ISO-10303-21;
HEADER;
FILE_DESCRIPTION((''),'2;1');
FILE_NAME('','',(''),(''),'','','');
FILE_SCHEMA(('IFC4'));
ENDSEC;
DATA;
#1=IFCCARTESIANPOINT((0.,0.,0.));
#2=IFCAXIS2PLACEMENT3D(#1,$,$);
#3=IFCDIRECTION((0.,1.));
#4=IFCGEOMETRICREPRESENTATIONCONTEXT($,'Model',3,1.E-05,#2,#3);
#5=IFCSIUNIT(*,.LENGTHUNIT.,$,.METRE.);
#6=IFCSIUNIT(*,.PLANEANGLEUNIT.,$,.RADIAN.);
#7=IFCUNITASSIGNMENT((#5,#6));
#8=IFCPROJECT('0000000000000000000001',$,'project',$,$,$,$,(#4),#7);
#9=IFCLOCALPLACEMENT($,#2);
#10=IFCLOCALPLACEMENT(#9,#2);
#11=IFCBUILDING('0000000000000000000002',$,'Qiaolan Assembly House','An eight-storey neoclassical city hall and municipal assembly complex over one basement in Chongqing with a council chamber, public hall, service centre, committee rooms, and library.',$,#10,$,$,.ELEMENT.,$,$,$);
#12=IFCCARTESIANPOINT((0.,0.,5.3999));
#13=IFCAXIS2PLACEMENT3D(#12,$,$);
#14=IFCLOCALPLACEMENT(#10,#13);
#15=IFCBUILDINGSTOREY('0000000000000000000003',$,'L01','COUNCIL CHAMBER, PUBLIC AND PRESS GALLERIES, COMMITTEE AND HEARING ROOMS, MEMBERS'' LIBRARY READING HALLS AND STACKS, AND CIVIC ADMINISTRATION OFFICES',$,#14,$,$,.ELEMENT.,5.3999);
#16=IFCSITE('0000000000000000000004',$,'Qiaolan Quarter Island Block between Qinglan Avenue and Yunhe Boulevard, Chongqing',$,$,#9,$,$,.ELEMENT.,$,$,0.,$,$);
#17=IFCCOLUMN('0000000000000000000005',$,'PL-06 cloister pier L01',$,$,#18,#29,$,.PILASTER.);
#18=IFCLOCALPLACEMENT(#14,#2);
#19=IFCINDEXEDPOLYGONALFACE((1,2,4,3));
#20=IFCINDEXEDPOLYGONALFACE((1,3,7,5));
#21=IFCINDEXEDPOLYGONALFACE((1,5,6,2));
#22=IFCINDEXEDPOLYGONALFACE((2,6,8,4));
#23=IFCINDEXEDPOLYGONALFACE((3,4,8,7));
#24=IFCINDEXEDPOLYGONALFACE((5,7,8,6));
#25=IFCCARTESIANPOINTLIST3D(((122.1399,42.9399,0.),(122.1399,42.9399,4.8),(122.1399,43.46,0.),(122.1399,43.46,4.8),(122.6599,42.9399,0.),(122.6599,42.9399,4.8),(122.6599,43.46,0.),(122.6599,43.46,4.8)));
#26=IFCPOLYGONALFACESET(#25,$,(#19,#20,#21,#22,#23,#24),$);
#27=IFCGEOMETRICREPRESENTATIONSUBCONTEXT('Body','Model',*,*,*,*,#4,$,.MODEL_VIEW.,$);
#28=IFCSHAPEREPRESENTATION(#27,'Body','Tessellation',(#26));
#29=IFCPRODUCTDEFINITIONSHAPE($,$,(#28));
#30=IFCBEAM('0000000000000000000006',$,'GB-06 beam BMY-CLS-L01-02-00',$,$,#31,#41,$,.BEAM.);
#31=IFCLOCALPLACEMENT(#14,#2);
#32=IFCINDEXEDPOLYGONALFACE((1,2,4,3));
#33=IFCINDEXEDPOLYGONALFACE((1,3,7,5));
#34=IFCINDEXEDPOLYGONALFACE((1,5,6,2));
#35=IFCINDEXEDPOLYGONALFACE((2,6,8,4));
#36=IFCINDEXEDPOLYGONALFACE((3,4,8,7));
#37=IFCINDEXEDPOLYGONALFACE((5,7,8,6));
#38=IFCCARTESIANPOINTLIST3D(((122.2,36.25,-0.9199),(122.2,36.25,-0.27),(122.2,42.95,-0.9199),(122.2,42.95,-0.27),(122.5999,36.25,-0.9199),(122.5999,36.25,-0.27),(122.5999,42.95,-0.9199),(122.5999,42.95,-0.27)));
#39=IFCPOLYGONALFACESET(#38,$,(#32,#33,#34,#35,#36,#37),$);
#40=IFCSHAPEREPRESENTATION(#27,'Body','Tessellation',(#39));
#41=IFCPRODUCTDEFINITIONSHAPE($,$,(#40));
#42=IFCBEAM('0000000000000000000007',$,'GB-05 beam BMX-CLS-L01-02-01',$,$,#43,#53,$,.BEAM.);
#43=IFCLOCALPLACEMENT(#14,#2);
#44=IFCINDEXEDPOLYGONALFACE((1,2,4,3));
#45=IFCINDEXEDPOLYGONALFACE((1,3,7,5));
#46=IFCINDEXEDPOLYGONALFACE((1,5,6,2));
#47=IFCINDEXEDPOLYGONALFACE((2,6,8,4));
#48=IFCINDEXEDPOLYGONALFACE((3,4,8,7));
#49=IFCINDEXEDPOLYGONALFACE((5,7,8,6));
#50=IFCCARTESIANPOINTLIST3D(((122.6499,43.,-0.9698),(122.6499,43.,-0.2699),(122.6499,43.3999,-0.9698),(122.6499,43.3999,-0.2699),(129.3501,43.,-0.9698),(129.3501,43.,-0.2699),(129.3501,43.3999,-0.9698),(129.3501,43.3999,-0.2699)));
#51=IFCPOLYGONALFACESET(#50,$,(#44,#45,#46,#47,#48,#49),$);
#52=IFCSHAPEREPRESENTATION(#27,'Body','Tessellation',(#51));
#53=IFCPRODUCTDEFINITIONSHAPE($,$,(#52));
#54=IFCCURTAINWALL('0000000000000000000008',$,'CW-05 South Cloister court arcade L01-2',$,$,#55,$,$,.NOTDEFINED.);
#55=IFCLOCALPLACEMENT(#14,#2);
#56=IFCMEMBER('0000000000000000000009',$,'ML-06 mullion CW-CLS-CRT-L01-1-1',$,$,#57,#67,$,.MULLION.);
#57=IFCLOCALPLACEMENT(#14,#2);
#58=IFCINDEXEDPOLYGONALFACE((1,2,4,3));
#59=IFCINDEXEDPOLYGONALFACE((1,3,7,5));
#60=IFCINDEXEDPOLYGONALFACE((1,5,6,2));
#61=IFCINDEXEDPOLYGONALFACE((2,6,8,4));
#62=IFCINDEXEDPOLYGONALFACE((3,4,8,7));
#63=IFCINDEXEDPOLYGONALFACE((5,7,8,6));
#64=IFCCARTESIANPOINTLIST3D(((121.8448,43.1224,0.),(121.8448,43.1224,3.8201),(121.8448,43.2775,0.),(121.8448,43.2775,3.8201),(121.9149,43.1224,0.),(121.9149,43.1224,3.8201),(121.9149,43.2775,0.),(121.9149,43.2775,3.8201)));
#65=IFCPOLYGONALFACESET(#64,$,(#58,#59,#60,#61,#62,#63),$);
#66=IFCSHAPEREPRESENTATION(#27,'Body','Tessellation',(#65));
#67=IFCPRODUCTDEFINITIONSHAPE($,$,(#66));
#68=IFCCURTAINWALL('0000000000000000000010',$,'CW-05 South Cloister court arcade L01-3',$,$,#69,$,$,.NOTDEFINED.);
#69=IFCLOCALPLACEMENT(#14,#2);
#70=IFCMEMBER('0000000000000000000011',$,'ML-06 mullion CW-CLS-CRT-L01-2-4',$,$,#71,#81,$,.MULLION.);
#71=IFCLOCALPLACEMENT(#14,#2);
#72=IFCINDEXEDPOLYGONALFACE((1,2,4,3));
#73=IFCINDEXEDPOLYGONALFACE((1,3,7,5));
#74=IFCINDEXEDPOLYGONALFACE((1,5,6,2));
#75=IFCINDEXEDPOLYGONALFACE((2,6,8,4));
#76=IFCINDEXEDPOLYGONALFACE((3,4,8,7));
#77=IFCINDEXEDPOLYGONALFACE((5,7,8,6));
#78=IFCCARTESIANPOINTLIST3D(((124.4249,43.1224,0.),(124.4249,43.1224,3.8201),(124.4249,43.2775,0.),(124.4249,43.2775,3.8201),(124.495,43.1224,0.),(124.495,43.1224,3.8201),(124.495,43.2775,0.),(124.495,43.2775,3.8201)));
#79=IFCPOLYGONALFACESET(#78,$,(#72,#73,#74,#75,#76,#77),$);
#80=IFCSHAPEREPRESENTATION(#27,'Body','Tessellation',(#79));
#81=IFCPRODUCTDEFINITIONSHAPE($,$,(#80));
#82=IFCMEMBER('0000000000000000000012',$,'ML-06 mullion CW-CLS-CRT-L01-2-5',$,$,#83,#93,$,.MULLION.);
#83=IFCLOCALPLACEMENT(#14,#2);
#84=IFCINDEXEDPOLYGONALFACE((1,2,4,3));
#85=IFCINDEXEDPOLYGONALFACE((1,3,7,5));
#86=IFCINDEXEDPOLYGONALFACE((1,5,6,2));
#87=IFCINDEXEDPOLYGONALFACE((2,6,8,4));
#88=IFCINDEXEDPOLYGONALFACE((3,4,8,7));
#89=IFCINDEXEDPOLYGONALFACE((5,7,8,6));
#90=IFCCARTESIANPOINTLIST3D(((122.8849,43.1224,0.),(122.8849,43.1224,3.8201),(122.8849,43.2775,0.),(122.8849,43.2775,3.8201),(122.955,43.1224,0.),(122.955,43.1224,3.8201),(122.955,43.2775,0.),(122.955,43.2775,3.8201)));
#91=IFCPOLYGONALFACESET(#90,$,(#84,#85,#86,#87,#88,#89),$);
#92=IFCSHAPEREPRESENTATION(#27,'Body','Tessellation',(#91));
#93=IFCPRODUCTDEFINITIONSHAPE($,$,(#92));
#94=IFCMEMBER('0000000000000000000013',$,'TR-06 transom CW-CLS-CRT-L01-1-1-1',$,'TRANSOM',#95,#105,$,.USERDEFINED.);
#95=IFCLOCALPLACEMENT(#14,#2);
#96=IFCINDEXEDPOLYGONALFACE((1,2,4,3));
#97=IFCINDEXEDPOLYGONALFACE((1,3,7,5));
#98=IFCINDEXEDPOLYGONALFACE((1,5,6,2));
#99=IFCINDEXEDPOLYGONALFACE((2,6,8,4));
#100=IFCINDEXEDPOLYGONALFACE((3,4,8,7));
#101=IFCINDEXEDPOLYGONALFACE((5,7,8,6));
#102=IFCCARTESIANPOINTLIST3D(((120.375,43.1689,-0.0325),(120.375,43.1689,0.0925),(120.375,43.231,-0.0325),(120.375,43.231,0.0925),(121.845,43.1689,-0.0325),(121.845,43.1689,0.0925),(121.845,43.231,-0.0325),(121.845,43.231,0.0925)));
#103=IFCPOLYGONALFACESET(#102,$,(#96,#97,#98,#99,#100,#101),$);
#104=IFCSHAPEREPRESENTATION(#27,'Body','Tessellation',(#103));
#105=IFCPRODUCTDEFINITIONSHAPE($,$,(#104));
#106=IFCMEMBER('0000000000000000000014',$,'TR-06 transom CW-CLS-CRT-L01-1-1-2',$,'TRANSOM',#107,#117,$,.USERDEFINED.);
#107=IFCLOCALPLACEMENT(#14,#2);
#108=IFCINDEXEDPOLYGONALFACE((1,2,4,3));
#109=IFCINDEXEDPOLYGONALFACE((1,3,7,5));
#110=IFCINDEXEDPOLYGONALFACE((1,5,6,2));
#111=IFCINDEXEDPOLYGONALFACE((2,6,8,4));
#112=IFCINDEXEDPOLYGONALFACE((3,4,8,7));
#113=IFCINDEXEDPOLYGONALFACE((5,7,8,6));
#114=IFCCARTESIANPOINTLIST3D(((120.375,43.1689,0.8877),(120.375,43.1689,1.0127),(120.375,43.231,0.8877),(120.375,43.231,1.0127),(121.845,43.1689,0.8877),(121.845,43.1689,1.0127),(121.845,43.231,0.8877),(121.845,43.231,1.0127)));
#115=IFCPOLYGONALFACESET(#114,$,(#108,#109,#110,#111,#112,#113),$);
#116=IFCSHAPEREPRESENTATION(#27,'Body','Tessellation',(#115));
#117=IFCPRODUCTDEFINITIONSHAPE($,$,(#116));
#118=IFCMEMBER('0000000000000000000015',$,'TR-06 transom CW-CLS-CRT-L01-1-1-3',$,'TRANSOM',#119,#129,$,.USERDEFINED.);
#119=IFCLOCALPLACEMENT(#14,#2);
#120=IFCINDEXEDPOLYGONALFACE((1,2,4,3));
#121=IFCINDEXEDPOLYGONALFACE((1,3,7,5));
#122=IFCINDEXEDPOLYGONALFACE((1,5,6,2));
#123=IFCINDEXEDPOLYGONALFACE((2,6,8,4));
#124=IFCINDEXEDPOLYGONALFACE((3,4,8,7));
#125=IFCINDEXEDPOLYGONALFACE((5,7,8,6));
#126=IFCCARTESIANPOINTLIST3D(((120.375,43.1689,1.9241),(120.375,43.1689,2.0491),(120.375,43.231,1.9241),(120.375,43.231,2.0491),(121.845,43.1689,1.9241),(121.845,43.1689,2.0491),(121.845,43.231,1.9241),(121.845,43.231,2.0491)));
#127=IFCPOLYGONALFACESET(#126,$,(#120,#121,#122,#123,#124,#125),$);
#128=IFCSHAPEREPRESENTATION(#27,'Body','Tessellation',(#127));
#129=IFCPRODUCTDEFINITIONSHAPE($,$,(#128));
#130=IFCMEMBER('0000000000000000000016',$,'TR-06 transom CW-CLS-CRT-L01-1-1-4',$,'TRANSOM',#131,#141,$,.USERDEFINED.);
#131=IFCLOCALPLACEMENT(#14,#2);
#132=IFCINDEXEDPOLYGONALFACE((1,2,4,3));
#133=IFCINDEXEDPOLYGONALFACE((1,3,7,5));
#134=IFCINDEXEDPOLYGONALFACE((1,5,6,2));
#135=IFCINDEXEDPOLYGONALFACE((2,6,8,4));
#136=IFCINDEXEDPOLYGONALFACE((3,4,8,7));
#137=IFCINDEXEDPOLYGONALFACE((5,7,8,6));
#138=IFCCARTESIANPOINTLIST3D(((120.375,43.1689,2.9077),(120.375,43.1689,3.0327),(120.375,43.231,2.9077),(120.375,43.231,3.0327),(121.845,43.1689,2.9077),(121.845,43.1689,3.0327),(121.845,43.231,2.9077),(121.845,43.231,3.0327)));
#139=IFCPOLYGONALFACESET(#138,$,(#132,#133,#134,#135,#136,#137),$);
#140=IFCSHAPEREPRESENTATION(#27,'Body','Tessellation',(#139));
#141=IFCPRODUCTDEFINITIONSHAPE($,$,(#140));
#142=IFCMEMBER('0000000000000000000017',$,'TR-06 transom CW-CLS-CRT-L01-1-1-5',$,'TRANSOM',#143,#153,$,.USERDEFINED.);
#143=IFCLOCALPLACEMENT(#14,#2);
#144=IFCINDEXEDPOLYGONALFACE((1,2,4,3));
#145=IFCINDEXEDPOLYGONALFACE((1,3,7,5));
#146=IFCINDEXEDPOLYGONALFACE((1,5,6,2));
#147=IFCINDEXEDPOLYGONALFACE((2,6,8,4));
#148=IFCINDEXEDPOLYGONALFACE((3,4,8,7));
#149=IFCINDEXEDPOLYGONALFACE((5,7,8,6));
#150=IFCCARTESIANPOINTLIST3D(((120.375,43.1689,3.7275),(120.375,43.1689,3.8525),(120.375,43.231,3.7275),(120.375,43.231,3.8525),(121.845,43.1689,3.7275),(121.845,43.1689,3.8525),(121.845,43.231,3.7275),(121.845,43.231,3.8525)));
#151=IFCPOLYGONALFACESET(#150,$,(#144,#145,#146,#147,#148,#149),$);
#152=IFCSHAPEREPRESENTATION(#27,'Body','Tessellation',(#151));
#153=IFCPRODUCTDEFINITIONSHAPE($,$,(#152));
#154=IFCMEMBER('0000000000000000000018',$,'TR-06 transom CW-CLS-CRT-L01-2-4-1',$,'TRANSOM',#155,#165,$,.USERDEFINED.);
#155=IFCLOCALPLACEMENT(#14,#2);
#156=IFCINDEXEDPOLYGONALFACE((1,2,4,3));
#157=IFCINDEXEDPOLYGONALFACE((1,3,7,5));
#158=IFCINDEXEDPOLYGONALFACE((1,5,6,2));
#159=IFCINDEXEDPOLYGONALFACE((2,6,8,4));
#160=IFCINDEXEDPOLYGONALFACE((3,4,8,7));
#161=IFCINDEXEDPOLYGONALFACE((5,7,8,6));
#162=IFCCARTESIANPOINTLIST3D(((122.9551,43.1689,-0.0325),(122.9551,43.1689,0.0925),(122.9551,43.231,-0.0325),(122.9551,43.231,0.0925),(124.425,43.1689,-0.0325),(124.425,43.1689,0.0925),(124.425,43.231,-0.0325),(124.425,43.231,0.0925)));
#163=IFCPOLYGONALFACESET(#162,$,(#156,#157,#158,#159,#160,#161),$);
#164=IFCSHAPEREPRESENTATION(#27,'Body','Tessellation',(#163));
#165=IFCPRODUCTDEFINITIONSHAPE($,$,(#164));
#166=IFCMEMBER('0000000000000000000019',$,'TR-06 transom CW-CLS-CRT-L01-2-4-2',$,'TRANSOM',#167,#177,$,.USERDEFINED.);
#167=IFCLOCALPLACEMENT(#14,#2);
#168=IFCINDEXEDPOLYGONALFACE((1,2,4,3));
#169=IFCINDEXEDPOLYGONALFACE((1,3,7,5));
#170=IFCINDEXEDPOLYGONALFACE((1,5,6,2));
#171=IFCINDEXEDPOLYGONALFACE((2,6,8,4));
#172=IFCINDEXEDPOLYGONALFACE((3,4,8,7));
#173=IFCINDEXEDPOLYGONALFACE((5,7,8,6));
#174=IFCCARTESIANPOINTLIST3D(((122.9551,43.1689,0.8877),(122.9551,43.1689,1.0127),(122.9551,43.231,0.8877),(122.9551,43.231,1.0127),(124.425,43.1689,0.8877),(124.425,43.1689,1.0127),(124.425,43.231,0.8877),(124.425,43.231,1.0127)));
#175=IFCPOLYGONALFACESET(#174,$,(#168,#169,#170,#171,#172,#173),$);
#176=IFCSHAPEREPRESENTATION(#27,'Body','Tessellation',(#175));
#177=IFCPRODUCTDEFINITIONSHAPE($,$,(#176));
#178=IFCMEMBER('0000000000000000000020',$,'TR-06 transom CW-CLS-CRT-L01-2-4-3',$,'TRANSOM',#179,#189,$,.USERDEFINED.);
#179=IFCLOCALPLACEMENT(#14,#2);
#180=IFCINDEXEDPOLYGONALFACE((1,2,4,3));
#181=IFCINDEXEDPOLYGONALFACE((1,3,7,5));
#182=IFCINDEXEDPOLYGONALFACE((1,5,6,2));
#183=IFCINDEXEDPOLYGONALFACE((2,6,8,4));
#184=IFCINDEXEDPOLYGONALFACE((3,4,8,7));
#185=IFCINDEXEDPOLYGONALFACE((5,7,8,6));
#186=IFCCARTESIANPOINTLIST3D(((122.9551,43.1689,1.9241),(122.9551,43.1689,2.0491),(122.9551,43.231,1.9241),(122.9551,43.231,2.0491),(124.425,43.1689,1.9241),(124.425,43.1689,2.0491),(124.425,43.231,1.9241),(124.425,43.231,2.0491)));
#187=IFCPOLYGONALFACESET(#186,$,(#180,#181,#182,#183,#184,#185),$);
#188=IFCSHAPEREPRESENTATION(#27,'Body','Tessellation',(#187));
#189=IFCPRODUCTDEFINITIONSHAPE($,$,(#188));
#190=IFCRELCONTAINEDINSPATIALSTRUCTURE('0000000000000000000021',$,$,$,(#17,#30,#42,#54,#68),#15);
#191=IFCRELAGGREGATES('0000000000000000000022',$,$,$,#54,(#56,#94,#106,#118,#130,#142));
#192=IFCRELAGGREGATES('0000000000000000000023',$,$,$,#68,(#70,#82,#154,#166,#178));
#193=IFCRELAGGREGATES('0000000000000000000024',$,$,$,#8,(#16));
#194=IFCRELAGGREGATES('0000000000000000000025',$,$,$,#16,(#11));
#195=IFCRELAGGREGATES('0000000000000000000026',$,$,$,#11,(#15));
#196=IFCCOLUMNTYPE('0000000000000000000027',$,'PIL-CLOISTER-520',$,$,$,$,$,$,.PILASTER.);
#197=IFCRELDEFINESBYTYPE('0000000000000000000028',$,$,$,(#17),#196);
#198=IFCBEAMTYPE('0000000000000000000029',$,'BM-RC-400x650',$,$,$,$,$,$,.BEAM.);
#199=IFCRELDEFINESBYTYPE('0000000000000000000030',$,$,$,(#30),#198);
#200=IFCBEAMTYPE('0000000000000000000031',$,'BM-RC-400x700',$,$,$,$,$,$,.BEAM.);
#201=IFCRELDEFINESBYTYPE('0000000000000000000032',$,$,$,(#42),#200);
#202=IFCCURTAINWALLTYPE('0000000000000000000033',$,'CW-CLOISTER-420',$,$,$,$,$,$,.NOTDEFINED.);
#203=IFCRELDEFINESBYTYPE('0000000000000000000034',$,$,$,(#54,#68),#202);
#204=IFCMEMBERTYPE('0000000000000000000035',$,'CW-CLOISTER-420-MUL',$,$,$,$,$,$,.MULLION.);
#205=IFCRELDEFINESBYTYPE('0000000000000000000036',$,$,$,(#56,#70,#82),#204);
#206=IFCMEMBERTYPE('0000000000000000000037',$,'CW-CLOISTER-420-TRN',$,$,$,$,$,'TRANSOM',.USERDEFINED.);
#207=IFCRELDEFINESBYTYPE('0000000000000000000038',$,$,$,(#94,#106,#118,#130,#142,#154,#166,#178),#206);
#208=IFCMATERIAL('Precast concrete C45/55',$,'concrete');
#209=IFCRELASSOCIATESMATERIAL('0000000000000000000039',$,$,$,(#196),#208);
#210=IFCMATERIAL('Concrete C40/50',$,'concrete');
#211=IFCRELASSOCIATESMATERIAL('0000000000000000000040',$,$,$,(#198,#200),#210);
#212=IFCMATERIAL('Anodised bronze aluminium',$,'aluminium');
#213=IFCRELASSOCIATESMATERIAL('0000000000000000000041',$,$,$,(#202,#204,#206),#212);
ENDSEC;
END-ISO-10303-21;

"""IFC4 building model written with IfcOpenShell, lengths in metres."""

from ifc_helpers import new_model, si_unit, direction, frame, origin, origin_2d, place, context, subcontext, project, spatial, rectangle, extrude, material, material_profile, profile_set, type_object, element, aggregate, save


model = new_model("IFC4")

# Units and contexts
model_context = context("Model", 3, precision=1e-05, world=origin(), true_north=direction((0.0, 1.0)))
body_context = subcontext(model_context, "Body", "Model", "MODEL_VIEW")
ifc_project = project(units=[si_unit("LENGTHUNIT", "METRE"), si_unit("PLANEANGLEUNIT", "RADIAN")], contexts=[model_context])

# Site, building, storey
site_placement = place(None, origin())
site = spatial("IfcSite", under=ifc_project, at=site_placement, Name="Qiaolan Quarter Island Block between Qinglan Avenue and Yunhe Boulevard, Chongqing", CompositionType="ELEMENT", RefElevation=0.0)
building_placement = place(site_placement, origin())
building = spatial("IfcBuilding", under=site, at=building_placement, Name="Qiaolan Assembly House", Description="An eight-storey neoclassical city hall and municipal assembly complex over one basement in Chongqing with a council chamber, public hall, service centre, committee rooms, and library.", CompositionType="ELEMENT")
storey_placement = place(building_placement, frame((0.0, 0.0, 5.3999)))
storey = spatial("IfcBuildingStorey", under=building, at=storey_placement, Name="L01", Description="COUNCIL CHAMBER, PUBLIC AND PRESS GALLERIES, COMMITTEE AND HEARING ROOMS, MEMBERS' LIBRARY READING HALLS AND STACKS, AND CIVIC ADMINISTRATION OFFICES", CompositionType="ELEMENT", Elevation=5.3999)

# Column
ifc_material_1 = material(Name="Precast concrete C45/55", Category="concrete")
ifc_material_profile_1 = material_profile(ifc_material_1, rectangle(XDim=0.52, YDim=0.52, at=origin_2d()), Name="PIL 520x520")
ifc_profile_set_1 = profile_set([ifc_material_profile_1], Name="Precast concrete C45/55")
column_type = type_object("IfcColumnType", Name="PIL-CLOISTER-520", PredefinedType="PILASTER", material=ifc_profile_set_1)
column_placement = place(storey_placement, frame((122.3999, 43.2, 0.0), z_axis=(0.0, 0.0, 1.0), x_axis=(1.0, 0.0, 0.0)))
element("IfcColumn", 1, at=column_placement, inside=storey, type_object=column_type, Name="PL-06 cloister pier L01", PredefinedType="PILASTER", context=body_context, shape_type="SweptSolid", body=[
    extrude(rectangle(XDim=0.52, YDim=0.52, at=origin_2d()), origin(), (0.0, 0.0, 1.0), 4.8),
])

# Beams
ifc_material_2 = material(Name="Concrete C40/50", Category="concrete")
ifc_material_profile_2 = material_profile(ifc_material_2, rectangle(XDim=0.3999, YDim=0.6499, at=origin_2d()), Name="RCB 400x650")
ifc_profile_set_2 = profile_set([ifc_material_profile_2], Name="Concrete C40/50")
beam_type_1 = type_object("IfcBeamType", Name="BM-RC-400x650", PredefinedType="BEAM", material=ifc_profile_set_2)
beam_1_placement = place(storey_placement, frame((122.3999, 36.25, -0.595), z_axis=(0.0, 1.0, 0.0), x_axis=(-1.0, 0.0, 0.0)))
element("IfcBeam", 2, at=beam_1_placement, inside=storey, type_object=beam_type_1, Name="GB-06 beam BMY-CLS-L01-02-00", PredefinedType="BEAM", context=body_context, shape_type="SweptSolid", body=[
    extrude(rectangle(XDim=0.3999, YDim=0.6499, at=origin_2d()), origin(), (0.0, 0.0, 1.0), 6.7),
])
ifc_material_profile_3 = material_profile(ifc_material_2, rectangle(XDim=0.3999, YDim=0.7, at=origin_2d()), Name="RCB 400x700")
ifc_profile_set_3 = profile_set([ifc_material_profile_3], Name="Concrete C40/50")
beam_type_2 = type_object("IfcBeamType", Name="BM-RC-400x700", PredefinedType="BEAM", material=ifc_profile_set_3)
beam_2_placement = place(storey_placement, frame((122.6499, 43.2, -0.6199), z_axis=(1.0, 0.0, 0.0), x_axis=(0.0, 1.0, 0.0)))
element("IfcBeam", 3, at=beam_2_placement, inside=storey, type_object=beam_type_2, Name="GB-05 beam BMX-CLS-L01-02-01", PredefinedType="BEAM", context=body_context, shape_type="SweptSolid", body=[
    extrude(rectangle(XDim=0.3999, YDim=0.7, at=origin_2d()), origin(), (0.0, 0.0, 1.0), 6.7002),
])

# Curtain wall, member
ifc_material_3 = material(Name="Anodised bronze aluminium", Category="aluminium")
curtain_wall_type = type_object("IfcCurtainWallType", Name="CW-CLOISTER-420", PredefinedType="NOTDEFINED", material=ifc_material_3)
curtain_wall_1_placement = place(storey_placement, origin())
curtain_wall_1 = element("IfcCurtainWall", 4, at=curtain_wall_1_placement, inside=storey, type_object=curtain_wall_type, Name="CW-05 South Cloister court arcade L01-2", PredefinedType="NOTDEFINED")
ifc_material_profile_4 = material_profile(ifc_material_3, rectangle(XDim=0.0701, YDim=0.155, at=origin_2d()), Name="MUL 70x155")
ifc_profile_set_4 = profile_set([ifc_material_profile_4], Name="Anodised bronze aluminium")
member_type_1 = type_object("IfcMemberType", Name="CW-CLOISTER-420-MUL", PredefinedType="MULLION", material=ifc_profile_set_4)
member_1_placement = place(storey_placement, frame((121.8799, 43.2, 0.0), z_axis=(0.0, 0.0, 1.0), x_axis=(-1.0, 0.0, 0.0)))
member_1 = element("IfcMember", 5, at=member_1_placement, type_object=member_type_1, Name="ML-06 mullion CW-CLS-CRT-L01-1-1", PredefinedType="MULLION", context=body_context, shape_type="SweptSolid", body=[
    extrude(rectangle(XDim=0.0701, YDim=0.155, at=origin_2d()), origin(), (0.0, 0.0, 1.0), 3.8201),
])

# Curtain wall, members
curtain_wall_2_placement = place(storey_placement, origin())
curtain_wall_2 = element("IfcCurtainWall", 6, at=curtain_wall_2_placement, inside=storey, type_object=curtain_wall_type, Name="CW-05 South Cloister court arcade L01-3", PredefinedType="NOTDEFINED")
member_2_placement = place(storey_placement, frame((124.46, 43.2, 0.0), z_axis=(0.0, 0.0, 1.0), x_axis=(-1.0, 0.0, 0.0)))
member_2 = element("IfcMember", 7, at=member_2_placement, type_object=member_type_1, Name="ML-06 mullion CW-CLS-CRT-L01-2-4", PredefinedType="MULLION", context=body_context, shape_type="SweptSolid", body=[
    extrude(rectangle(XDim=0.0701, YDim=0.155, at=origin_2d()), origin(), (0.0, 0.0, 1.0), 3.8201),
])
member_3_placement = place(storey_placement, frame((122.9199, 43.2, 0.0), z_axis=(0.0, 0.0, 1.0), x_axis=(-1.0, 0.0, 0.0)))
member_3 = element("IfcMember", 8, at=member_3_placement, type_object=member_type_1, Name="ML-06 mullion CW-CLS-CRT-L01-2-5", PredefinedType="MULLION", context=body_context, shape_type="SweptSolid", body=[
    extrude(rectangle(XDim=0.0701, YDim=0.155, at=origin_2d()), origin(), (0.0, 0.0, 1.0), 3.8201),
])

# Members
ifc_material_profile_5 = material_profile(ifc_material_3, rectangle(XDim=0.062, YDim=0.125, at=origin_2d()), Name="TRN 62x125")
ifc_profile_set_5 = profile_set([ifc_material_profile_5], Name="Anodised bronze aluminium")
member_type_2 = type_object("IfcMemberType", Name="CW-CLOISTER-420-TRN", ElementType="TRANSOM", PredefinedType="USERDEFINED", material=ifc_profile_set_5)
member_4_placement = place(storey_placement, frame((121.845, 43.2, 0.03), z_axis=(-1.0, 0.0, 0.0), x_axis=(0.0, -1.0, 0.0)))
member_4 = element("IfcMember", 9, at=member_4_placement, type_object=member_type_2, Name="TR-06 transom CW-CLS-CRT-L01-1-1-1", ObjectType="TRANSOM", PredefinedType="USERDEFINED", context=body_context, shape_type="SweptSolid", body=[
    extrude(rectangle(XDim=0.062, YDim=0.125, at=origin_2d()), origin(), (0.0, 0.0, 1.0), 1.47),
])
member_5_placement = place(storey_placement, frame((121.845, 43.2, 0.9502), z_axis=(-1.0, 0.0, 0.0), x_axis=(0.0, -1.0, 0.0)))
member_5 = element("IfcMember", 10, at=member_5_placement, type_object=member_type_2, Name="TR-06 transom CW-CLS-CRT-L01-1-1-2", ObjectType="TRANSOM", PredefinedType="USERDEFINED", context=body_context, shape_type="SweptSolid", body=[
    extrude(rectangle(XDim=0.062, YDim=0.125, at=origin_2d()), origin(), (0.0, 0.0, 1.0), 1.47),
])
member_6_placement = place(storey_placement, frame((121.845, 43.2, 1.9866), z_axis=(-1.0, 0.0, 0.0), x_axis=(0.0, -1.0, 0.0)))
member_6 = element("IfcMember", 11, at=member_6_placement, type_object=member_type_2, Name="TR-06 transom CW-CLS-CRT-L01-1-1-3", ObjectType="TRANSOM", PredefinedType="USERDEFINED", context=body_context, shape_type="SweptSolid", body=[
    extrude(rectangle(XDim=0.062, YDim=0.125, at=origin_2d()), origin(), (0.0, 0.0, 1.0), 1.47),
])
member_7_placement = place(storey_placement, frame((121.845, 43.2, 2.9702), z_axis=(-1.0, 0.0, 0.0), x_axis=(0.0, -1.0, 0.0)))
member_7 = element("IfcMember", 12, at=member_7_placement, type_object=member_type_2, Name="TR-06 transom CW-CLS-CRT-L01-1-1-4", ObjectType="TRANSOM", PredefinedType="USERDEFINED", context=body_context, shape_type="SweptSolid", body=[
    extrude(rectangle(XDim=0.062, YDim=0.125, at=origin_2d()), origin(), (0.0, 0.0, 1.0), 1.47),
])
member_8_placement = place(storey_placement, frame((121.845, 43.2, 3.79), z_axis=(-1.0, 0.0, 0.0), x_axis=(0.0, -1.0, 0.0)))
member_8 = element("IfcMember", 13, at=member_8_placement, type_object=member_type_2, Name="TR-06 transom CW-CLS-CRT-L01-1-1-5", ObjectType="TRANSOM", PredefinedType="USERDEFINED", context=body_context, shape_type="SweptSolid", body=[
    extrude(rectangle(XDim=0.062, YDim=0.125, at=origin_2d()), origin(), (0.0, 0.0, 1.0), 1.47),
])
member_9_placement = place(storey_placement, frame((124.425, 43.2, 0.03), z_axis=(-1.0, 0.0, 0.0), x_axis=(0.0, -1.0, 0.0)))
member_9 = element("IfcMember", 14, at=member_9_placement, type_object=member_type_2, Name="TR-06 transom CW-CLS-CRT-L01-2-4-1", ObjectType="TRANSOM", PredefinedType="USERDEFINED", context=body_context, shape_type="SweptSolid", body=[
    extrude(rectangle(XDim=0.062, YDim=0.125, at=origin_2d()), origin(), (0.0, 0.0, 1.0), 1.47),
])
member_10_placement = place(storey_placement, frame((124.425, 43.2, 0.9502), z_axis=(-1.0, 0.0, 0.0), x_axis=(0.0, -1.0, 0.0)))
member_10 = element("IfcMember", 15, at=member_10_placement, type_object=member_type_2, Name="TR-06 transom CW-CLS-CRT-L01-2-4-2", ObjectType="TRANSOM", PredefinedType="USERDEFINED", context=body_context, shape_type="SweptSolid", body=[
    extrude(rectangle(XDim=0.062, YDim=0.125, at=origin_2d()), origin(), (0.0, 0.0, 1.0), 1.47),
])
member_11_placement = place(storey_placement, frame((124.425, 43.2, 1.9866), z_axis=(-1.0, 0.0, 0.0), x_axis=(0.0, -1.0, 0.0)))
member_11 = element("IfcMember", 16, at=member_11_placement, type_object=member_type_2, Name="TR-06 transom CW-CLS-CRT-L01-2-4-3", ObjectType="TRANSOM", PredefinedType="USERDEFINED", context=body_context, shape_type="SweptSolid", body=[
    extrude(rectangle(XDim=0.062, YDim=0.125, at=origin_2d()), origin(), (0.0, 0.0, 1.0), 1.47),
])

aggregate(curtain_wall_1, [member_1, member_4, member_5, member_6, member_7, member_8])
aggregate(curtain_wall_2, [member_2, member_3, member_9, member_10, member_11])

save(model, "model.ifc")
